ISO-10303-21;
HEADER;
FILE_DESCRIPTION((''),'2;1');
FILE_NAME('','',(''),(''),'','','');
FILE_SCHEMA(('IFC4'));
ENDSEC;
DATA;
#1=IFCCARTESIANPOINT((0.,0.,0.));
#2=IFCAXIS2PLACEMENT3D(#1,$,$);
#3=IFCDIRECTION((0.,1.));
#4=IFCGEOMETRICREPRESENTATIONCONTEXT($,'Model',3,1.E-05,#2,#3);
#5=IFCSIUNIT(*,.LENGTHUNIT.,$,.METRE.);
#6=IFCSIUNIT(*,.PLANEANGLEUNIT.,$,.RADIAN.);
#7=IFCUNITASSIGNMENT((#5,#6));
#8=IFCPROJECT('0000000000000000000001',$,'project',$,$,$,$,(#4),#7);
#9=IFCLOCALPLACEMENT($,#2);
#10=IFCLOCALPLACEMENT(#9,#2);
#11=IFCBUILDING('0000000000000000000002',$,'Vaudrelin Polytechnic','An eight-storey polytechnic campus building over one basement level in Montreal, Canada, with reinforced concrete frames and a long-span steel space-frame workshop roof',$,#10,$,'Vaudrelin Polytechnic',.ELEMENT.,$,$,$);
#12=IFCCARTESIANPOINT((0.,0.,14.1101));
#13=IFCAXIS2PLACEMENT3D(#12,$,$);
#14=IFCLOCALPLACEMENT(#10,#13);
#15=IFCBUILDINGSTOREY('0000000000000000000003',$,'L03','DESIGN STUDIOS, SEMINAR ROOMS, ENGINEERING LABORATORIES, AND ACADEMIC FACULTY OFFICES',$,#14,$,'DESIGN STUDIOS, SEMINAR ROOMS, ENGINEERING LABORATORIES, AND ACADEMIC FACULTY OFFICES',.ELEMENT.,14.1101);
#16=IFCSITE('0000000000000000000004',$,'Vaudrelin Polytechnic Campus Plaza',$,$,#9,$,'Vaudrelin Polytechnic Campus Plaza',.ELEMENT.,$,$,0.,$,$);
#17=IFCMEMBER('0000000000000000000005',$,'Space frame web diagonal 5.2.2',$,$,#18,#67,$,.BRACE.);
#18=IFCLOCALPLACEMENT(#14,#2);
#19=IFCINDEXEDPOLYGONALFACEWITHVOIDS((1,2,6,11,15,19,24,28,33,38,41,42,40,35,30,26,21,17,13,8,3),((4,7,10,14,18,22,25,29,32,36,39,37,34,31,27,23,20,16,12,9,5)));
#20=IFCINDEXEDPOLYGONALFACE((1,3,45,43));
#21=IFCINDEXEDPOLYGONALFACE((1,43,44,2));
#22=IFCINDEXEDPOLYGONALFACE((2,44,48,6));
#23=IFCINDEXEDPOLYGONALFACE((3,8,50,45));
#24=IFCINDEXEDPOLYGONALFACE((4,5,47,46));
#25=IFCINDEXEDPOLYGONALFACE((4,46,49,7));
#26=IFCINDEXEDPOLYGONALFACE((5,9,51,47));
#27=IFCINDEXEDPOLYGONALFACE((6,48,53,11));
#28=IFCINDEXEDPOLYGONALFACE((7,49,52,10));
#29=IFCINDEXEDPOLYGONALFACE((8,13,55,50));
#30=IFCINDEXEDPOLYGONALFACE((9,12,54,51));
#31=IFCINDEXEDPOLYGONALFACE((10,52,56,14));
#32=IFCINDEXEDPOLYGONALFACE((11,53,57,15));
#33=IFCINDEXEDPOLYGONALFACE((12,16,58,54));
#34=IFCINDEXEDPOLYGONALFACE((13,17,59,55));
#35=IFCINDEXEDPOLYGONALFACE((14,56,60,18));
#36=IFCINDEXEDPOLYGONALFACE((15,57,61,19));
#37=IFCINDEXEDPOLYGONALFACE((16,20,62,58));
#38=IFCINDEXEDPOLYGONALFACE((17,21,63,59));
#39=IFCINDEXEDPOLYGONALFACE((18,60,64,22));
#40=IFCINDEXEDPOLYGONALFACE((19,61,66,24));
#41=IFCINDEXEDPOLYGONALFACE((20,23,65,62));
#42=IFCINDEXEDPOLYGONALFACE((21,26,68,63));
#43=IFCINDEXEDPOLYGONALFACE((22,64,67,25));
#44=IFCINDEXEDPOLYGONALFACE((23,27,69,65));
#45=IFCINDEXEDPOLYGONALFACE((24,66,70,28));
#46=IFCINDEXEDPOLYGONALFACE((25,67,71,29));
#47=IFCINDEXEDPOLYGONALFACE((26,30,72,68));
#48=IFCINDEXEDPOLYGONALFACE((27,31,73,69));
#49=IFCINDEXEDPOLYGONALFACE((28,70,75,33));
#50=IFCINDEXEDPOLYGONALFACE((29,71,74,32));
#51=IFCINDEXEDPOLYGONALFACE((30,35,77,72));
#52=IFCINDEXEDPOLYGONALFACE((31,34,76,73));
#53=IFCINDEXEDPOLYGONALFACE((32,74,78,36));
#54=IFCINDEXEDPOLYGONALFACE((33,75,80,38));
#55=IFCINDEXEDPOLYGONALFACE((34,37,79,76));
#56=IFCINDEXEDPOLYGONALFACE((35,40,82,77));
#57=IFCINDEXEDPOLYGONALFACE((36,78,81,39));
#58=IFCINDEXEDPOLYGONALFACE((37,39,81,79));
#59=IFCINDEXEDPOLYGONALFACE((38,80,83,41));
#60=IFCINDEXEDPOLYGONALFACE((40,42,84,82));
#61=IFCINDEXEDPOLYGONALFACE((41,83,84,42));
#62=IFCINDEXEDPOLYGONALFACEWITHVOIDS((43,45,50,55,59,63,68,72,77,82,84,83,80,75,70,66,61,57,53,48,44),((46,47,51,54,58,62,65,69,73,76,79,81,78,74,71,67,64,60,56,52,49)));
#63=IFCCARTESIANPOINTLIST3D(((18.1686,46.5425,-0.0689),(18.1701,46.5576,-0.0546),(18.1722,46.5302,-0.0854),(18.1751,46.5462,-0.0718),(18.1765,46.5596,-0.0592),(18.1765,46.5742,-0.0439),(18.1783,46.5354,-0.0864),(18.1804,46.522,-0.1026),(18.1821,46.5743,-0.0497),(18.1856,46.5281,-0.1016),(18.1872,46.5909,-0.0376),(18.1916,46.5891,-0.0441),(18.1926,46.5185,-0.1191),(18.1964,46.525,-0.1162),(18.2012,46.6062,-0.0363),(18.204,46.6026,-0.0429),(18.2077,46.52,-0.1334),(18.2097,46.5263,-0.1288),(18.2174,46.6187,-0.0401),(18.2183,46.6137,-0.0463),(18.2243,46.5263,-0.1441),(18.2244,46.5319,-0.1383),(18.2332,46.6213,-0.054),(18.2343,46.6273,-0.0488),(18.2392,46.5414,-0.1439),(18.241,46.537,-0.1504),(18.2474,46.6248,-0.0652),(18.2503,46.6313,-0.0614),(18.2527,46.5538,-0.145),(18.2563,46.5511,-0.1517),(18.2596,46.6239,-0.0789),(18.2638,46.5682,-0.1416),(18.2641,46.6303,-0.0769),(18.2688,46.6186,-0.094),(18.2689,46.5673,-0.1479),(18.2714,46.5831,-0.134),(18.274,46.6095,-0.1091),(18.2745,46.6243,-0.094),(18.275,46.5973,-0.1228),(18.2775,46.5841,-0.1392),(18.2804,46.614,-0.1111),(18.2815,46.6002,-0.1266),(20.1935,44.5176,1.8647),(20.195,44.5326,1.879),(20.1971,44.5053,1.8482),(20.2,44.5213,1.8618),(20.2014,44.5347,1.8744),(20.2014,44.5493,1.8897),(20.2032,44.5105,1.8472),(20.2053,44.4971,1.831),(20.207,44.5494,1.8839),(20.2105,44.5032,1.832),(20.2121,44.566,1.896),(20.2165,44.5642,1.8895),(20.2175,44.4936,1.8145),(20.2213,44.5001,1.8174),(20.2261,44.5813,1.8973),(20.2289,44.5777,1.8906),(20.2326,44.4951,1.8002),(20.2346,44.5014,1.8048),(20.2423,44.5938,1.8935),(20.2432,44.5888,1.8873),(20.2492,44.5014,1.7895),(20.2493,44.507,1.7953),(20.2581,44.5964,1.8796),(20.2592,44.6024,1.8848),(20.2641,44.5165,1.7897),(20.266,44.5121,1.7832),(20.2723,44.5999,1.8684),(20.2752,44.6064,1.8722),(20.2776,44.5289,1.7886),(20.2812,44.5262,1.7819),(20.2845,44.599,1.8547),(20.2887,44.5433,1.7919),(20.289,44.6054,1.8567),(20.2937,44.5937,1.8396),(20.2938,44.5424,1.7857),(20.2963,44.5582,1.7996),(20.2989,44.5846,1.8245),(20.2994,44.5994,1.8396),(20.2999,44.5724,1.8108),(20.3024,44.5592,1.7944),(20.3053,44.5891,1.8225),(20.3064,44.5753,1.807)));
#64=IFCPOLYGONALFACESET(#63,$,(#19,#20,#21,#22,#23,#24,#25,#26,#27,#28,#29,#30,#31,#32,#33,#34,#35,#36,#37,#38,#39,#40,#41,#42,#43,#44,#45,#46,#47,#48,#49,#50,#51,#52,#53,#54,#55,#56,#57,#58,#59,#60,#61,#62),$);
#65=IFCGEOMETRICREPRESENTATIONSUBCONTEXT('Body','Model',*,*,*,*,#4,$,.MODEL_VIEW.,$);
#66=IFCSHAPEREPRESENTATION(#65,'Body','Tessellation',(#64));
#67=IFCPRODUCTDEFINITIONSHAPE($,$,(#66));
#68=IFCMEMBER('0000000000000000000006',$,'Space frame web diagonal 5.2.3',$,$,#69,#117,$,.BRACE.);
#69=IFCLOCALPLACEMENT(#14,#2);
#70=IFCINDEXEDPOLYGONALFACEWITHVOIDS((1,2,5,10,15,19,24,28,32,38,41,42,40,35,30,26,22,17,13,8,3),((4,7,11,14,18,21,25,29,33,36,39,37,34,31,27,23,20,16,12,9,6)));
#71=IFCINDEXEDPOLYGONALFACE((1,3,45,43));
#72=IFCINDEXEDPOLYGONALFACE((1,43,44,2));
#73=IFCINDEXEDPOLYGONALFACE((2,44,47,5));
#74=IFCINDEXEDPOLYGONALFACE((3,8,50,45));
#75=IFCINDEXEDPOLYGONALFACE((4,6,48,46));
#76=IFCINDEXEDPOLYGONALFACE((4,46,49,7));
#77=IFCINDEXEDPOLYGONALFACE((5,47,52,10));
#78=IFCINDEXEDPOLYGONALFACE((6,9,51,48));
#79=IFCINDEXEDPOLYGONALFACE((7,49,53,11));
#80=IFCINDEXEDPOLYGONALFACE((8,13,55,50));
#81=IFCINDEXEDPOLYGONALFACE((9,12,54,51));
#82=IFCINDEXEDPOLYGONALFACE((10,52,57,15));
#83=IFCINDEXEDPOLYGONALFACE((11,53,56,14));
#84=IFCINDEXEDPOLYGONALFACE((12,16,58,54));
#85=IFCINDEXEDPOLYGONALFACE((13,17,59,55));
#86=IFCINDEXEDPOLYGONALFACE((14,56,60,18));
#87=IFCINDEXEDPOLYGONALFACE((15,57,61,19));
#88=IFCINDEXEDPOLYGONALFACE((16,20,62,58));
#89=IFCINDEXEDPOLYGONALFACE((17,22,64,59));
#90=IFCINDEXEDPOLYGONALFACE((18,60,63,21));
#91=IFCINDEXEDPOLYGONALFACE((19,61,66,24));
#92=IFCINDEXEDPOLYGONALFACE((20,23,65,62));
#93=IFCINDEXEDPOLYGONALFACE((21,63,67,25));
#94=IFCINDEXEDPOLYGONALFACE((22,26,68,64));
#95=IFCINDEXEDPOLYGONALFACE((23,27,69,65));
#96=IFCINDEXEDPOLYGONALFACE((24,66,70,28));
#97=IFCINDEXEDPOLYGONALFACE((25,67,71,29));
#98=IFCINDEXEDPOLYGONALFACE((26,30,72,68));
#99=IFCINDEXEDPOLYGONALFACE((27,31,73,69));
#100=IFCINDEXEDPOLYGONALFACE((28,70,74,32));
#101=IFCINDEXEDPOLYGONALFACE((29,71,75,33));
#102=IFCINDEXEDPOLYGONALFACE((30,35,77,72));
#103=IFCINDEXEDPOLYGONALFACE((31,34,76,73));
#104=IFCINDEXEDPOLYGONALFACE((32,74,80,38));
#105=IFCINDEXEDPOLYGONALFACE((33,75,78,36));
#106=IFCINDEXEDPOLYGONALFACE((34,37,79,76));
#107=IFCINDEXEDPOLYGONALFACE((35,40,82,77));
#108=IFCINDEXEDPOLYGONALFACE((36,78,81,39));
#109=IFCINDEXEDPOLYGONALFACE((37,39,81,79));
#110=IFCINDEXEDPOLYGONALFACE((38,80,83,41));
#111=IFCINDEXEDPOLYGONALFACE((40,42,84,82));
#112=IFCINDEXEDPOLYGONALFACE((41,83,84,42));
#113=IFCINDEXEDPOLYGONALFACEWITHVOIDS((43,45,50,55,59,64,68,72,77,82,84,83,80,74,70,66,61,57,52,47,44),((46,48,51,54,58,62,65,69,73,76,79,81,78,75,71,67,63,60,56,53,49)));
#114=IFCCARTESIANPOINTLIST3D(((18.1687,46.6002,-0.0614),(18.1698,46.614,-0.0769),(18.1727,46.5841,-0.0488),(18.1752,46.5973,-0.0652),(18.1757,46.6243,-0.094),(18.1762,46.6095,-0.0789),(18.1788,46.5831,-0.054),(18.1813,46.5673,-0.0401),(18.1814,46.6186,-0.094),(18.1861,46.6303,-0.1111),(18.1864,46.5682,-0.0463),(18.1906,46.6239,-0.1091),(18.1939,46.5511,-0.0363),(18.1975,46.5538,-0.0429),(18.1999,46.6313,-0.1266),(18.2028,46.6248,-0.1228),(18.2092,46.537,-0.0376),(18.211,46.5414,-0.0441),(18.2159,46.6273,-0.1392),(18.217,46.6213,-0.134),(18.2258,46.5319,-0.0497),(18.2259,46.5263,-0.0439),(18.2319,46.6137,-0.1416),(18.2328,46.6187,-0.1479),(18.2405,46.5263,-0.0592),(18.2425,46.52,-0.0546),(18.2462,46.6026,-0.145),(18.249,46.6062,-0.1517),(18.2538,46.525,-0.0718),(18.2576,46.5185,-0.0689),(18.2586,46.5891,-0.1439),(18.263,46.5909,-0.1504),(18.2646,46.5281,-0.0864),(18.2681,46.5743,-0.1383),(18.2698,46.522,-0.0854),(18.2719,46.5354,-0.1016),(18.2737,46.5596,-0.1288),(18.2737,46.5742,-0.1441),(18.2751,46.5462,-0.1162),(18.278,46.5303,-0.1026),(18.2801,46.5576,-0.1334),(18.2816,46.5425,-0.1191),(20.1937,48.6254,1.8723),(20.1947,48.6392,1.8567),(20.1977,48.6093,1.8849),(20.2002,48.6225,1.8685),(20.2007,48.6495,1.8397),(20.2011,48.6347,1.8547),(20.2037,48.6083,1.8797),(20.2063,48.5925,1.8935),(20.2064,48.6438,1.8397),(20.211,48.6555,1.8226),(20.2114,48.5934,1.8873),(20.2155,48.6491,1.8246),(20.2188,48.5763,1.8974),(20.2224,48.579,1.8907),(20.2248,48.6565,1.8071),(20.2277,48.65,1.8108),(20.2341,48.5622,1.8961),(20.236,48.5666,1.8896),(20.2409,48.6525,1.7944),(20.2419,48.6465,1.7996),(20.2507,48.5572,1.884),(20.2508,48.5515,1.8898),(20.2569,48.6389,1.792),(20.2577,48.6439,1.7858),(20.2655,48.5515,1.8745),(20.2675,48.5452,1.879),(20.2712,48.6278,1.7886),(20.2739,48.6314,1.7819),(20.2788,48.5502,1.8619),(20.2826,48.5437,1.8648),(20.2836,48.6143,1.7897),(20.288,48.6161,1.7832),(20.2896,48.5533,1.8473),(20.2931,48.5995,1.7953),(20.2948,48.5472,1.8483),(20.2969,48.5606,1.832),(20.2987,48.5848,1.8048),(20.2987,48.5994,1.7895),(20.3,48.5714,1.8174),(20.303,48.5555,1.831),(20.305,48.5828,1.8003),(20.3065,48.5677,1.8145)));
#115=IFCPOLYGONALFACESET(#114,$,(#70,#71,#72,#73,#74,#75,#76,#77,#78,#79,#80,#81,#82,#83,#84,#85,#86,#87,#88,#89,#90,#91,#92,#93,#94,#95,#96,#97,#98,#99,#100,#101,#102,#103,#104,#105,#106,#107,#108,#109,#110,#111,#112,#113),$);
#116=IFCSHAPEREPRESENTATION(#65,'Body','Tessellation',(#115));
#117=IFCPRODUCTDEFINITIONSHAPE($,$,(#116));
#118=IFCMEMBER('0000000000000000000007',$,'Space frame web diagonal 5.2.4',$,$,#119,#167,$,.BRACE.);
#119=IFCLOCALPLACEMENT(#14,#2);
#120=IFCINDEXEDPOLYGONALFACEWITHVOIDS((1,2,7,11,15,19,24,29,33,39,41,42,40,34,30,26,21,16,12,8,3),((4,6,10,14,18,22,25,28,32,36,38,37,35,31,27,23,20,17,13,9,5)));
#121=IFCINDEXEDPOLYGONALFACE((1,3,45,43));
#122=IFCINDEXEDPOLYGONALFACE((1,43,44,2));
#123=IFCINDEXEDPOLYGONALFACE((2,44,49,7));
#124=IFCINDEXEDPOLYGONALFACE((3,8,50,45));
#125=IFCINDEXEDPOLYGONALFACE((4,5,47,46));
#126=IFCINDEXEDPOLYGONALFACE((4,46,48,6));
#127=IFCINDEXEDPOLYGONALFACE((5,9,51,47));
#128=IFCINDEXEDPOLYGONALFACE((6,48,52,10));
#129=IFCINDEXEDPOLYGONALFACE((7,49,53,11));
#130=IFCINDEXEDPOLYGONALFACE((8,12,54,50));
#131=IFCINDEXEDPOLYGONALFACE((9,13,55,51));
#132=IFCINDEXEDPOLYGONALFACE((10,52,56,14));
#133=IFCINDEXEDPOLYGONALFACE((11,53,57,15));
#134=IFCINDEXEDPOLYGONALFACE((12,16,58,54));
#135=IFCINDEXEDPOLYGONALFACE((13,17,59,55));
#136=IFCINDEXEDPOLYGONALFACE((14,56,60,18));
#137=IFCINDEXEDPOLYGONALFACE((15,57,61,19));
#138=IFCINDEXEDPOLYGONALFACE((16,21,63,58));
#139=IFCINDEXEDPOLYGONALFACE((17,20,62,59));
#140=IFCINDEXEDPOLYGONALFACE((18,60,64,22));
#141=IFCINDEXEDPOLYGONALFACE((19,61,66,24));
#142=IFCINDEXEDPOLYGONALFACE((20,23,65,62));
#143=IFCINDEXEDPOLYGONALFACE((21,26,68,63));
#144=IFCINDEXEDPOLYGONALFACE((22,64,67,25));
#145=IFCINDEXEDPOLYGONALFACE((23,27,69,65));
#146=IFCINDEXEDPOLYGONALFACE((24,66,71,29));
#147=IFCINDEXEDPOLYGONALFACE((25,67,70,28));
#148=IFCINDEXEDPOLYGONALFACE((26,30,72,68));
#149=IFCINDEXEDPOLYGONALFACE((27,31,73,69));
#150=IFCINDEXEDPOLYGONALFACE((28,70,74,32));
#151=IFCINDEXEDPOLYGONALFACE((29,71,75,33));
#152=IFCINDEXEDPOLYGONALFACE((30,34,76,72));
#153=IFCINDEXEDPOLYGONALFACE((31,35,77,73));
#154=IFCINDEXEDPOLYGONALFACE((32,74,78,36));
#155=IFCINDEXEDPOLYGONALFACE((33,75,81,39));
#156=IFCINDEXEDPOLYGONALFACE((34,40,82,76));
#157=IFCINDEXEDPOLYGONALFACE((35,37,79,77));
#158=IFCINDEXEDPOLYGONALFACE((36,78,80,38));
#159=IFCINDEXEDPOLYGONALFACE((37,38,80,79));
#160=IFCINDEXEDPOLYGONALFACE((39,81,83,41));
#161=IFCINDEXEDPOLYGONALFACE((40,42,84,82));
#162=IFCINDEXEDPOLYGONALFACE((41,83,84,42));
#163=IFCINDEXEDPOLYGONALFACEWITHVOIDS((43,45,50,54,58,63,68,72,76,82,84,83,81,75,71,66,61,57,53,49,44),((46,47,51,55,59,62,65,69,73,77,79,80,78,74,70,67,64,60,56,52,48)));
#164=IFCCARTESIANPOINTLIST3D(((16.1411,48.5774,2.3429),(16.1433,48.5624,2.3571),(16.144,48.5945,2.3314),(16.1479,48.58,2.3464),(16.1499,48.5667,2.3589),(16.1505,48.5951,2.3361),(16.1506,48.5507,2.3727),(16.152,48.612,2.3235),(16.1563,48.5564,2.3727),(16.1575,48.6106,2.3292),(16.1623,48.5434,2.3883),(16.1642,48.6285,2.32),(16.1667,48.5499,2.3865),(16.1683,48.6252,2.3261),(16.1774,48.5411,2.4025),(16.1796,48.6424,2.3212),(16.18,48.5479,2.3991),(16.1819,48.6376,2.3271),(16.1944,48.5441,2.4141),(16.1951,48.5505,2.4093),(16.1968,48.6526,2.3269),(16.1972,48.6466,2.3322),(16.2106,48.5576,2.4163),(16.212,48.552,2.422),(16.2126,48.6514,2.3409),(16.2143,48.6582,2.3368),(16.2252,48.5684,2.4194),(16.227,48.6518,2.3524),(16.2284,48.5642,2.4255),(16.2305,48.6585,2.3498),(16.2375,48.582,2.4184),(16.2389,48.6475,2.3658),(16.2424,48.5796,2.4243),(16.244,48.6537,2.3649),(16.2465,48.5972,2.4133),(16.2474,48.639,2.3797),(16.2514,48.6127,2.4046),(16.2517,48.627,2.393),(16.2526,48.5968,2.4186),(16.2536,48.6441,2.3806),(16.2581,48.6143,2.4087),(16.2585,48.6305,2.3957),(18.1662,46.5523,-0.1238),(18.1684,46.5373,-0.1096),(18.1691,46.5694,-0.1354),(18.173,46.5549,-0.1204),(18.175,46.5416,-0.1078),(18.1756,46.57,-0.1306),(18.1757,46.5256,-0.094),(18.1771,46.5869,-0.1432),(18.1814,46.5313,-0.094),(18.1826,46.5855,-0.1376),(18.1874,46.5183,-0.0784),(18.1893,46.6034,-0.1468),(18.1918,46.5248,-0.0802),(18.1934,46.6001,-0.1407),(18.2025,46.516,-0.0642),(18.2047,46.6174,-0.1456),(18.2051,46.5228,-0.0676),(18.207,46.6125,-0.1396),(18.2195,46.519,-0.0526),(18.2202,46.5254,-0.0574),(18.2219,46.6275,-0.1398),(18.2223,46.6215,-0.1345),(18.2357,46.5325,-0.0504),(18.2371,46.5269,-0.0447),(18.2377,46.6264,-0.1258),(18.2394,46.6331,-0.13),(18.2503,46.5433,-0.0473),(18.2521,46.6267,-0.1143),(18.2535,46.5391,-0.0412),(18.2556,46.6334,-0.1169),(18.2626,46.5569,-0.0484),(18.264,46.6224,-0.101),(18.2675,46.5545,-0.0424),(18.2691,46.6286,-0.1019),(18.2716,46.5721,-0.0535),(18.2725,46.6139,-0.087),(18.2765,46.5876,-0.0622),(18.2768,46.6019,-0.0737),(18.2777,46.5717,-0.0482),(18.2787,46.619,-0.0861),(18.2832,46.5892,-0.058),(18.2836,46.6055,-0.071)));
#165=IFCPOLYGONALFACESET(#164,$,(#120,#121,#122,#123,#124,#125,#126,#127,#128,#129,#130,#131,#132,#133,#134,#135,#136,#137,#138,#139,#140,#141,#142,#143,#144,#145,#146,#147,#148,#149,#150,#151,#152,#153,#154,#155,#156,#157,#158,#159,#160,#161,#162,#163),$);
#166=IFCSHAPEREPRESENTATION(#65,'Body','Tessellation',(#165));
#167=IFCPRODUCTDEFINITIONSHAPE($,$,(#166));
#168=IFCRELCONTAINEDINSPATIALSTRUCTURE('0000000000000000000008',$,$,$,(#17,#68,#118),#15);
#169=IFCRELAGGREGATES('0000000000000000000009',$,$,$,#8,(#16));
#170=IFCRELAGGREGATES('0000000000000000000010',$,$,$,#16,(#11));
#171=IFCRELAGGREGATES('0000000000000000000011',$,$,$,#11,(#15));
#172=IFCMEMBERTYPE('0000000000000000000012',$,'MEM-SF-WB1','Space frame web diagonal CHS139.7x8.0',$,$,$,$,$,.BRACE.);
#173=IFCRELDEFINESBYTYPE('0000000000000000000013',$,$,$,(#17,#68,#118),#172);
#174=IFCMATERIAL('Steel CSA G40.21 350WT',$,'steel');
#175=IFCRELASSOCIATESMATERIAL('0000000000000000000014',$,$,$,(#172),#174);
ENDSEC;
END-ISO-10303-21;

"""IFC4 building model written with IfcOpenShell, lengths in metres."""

from ifc_helpers import new_model, si_unit, direction, frame, origin, origin_2d, place, context, subcontext, project, spatial, hollow_circle, extrude, material, material_profile, profile_set, type_object, element, save


model = new_model("IFC4")

# Units and contexts
model_context = context("Model", 3, precision=1e-05, world=origin(), true_north=direction((0.0, 1.0)))
body_context = subcontext(model_context, "Body", "Model", "MODEL_VIEW")
ifc_project = project(units=[si_unit("LENGTHUNIT", "METRE"), si_unit("PLANEANGLEUNIT", "RADIAN")], contexts=[model_context])

# Site, building, storey
site_placement = place(None, origin())
site = spatial("IfcSite", under=ifc_project, at=site_placement, Name="Vaudrelin Polytechnic Campus Plaza", LongName="Vaudrelin Polytechnic Campus Plaza", CompositionType="ELEMENT", RefElevation=0.0)
building_placement = place(site_placement, origin())
building = spatial("IfcBuilding", under=site, at=building_placement, Name="Vaudrelin Polytechnic", Description="An eight-storey polytechnic campus building over one basement level in Montreal, Canada, with reinforced concrete frames and a long-span steel space-frame workshop roof", LongName="Vaudrelin Polytechnic", CompositionType="ELEMENT")
storey_placement = place(building_placement, frame((0.0, 0.0, 14.1101)))
storey = spatial("IfcBuildingStorey", under=building, at=storey_placement, Name="L03", Description="DESIGN STUDIOS, SEMINAR ROOMS, ENGINEERING LABORATORIES, AND ACADEMIC FACULTY OFFICES", LongName="DESIGN STUDIOS, SEMINAR ROOMS, ENGINEERING LABORATORIES, AND ACADEMIC FACULTY OFFICES", CompositionType="ELEMENT", Elevation=14.1101)

# Members
ifc_material = material(Name="Steel CSA G40.21 350WT", Category="steel")
ifc_material_profile_1 = material_profile(ifc_material, hollow_circle(Radius=0.0698, WallThickness=0.0081, at=origin_2d()), Name="CHS139.7x8.0")
ifc_profile_set_1 = profile_set([ifc_material_profile_1], Name="Steel CSA G40.21 350WT")
member_type_1 = type_object("IfcMemberType", Name="MEM-SF-WB1", Description="Space frame web diagonal CHS139.7x8.0", PredefinedType="BRACE", material=ifc_profile_set_1)
member_1_placement = place(storey_placement, frame((18.2251, 46.575, -0.094), z_axis=(0.586024, -0.586024, 0.559599), x_axis=(0.707107, 0.707107, 0.0)))
element("IfcMember", 1, at=member_1_placement, inside=storey, type_object=member_type_1, Name="Space frame web diagonal 5.2.2", PredefinedType="BRACE", context=body_context, shape_type="SweptSolid", body=[
    extrude(hollow_circle(Radius=0.0698, WallThickness=0.0081, at=origin_2d()), origin(), (0.0, 0.0, 1.0), 3.4553),
])
member_2_placement = place(storey_placement, frame((18.2251, 46.575, -0.094), z_axis=(0.586, 0.586071, 0.559576), x_axis=(-0.707149, 0.707064, 0.0)))
element("IfcMember", 2, at=member_2_placement, inside=storey, type_object=member_type_1, Name="Space frame web diagonal 5.2.3", PredefinedType="BRACE", context=body_context, shape_type="SweptSolid", body=[
    extrude(hollow_circle(Radius=0.0698, WallThickness=0.0081, at=origin_2d()), origin(), (0.0, 0.0, 1.0), 3.4556),
])
for number, where, z_axis, x_axis, name in (
    (3, (18.2251, 46.575, -0.094), (-0.535769, 0.535769, 0.652612), (-0.707107, -0.707107, 0.0), "Space frame web diagonal 5.2.4"),
):
    element("IfcMember", number, at=place(storey_placement, frame(where, z_axis=z_axis, x_axis=x_axis)), inside=storey, type_object=member_type_1, Name=name, PredefinedType="BRACE", context=body_context, shape_type="SweptSolid", body=[
        extrude(hollow_circle(Radius=0.0698, WallThickness=0.0081, at=origin_2d()), origin(), (0.0, 0.0, 1.0), 3.7798),
    ])

save(model, "model.ifc")
